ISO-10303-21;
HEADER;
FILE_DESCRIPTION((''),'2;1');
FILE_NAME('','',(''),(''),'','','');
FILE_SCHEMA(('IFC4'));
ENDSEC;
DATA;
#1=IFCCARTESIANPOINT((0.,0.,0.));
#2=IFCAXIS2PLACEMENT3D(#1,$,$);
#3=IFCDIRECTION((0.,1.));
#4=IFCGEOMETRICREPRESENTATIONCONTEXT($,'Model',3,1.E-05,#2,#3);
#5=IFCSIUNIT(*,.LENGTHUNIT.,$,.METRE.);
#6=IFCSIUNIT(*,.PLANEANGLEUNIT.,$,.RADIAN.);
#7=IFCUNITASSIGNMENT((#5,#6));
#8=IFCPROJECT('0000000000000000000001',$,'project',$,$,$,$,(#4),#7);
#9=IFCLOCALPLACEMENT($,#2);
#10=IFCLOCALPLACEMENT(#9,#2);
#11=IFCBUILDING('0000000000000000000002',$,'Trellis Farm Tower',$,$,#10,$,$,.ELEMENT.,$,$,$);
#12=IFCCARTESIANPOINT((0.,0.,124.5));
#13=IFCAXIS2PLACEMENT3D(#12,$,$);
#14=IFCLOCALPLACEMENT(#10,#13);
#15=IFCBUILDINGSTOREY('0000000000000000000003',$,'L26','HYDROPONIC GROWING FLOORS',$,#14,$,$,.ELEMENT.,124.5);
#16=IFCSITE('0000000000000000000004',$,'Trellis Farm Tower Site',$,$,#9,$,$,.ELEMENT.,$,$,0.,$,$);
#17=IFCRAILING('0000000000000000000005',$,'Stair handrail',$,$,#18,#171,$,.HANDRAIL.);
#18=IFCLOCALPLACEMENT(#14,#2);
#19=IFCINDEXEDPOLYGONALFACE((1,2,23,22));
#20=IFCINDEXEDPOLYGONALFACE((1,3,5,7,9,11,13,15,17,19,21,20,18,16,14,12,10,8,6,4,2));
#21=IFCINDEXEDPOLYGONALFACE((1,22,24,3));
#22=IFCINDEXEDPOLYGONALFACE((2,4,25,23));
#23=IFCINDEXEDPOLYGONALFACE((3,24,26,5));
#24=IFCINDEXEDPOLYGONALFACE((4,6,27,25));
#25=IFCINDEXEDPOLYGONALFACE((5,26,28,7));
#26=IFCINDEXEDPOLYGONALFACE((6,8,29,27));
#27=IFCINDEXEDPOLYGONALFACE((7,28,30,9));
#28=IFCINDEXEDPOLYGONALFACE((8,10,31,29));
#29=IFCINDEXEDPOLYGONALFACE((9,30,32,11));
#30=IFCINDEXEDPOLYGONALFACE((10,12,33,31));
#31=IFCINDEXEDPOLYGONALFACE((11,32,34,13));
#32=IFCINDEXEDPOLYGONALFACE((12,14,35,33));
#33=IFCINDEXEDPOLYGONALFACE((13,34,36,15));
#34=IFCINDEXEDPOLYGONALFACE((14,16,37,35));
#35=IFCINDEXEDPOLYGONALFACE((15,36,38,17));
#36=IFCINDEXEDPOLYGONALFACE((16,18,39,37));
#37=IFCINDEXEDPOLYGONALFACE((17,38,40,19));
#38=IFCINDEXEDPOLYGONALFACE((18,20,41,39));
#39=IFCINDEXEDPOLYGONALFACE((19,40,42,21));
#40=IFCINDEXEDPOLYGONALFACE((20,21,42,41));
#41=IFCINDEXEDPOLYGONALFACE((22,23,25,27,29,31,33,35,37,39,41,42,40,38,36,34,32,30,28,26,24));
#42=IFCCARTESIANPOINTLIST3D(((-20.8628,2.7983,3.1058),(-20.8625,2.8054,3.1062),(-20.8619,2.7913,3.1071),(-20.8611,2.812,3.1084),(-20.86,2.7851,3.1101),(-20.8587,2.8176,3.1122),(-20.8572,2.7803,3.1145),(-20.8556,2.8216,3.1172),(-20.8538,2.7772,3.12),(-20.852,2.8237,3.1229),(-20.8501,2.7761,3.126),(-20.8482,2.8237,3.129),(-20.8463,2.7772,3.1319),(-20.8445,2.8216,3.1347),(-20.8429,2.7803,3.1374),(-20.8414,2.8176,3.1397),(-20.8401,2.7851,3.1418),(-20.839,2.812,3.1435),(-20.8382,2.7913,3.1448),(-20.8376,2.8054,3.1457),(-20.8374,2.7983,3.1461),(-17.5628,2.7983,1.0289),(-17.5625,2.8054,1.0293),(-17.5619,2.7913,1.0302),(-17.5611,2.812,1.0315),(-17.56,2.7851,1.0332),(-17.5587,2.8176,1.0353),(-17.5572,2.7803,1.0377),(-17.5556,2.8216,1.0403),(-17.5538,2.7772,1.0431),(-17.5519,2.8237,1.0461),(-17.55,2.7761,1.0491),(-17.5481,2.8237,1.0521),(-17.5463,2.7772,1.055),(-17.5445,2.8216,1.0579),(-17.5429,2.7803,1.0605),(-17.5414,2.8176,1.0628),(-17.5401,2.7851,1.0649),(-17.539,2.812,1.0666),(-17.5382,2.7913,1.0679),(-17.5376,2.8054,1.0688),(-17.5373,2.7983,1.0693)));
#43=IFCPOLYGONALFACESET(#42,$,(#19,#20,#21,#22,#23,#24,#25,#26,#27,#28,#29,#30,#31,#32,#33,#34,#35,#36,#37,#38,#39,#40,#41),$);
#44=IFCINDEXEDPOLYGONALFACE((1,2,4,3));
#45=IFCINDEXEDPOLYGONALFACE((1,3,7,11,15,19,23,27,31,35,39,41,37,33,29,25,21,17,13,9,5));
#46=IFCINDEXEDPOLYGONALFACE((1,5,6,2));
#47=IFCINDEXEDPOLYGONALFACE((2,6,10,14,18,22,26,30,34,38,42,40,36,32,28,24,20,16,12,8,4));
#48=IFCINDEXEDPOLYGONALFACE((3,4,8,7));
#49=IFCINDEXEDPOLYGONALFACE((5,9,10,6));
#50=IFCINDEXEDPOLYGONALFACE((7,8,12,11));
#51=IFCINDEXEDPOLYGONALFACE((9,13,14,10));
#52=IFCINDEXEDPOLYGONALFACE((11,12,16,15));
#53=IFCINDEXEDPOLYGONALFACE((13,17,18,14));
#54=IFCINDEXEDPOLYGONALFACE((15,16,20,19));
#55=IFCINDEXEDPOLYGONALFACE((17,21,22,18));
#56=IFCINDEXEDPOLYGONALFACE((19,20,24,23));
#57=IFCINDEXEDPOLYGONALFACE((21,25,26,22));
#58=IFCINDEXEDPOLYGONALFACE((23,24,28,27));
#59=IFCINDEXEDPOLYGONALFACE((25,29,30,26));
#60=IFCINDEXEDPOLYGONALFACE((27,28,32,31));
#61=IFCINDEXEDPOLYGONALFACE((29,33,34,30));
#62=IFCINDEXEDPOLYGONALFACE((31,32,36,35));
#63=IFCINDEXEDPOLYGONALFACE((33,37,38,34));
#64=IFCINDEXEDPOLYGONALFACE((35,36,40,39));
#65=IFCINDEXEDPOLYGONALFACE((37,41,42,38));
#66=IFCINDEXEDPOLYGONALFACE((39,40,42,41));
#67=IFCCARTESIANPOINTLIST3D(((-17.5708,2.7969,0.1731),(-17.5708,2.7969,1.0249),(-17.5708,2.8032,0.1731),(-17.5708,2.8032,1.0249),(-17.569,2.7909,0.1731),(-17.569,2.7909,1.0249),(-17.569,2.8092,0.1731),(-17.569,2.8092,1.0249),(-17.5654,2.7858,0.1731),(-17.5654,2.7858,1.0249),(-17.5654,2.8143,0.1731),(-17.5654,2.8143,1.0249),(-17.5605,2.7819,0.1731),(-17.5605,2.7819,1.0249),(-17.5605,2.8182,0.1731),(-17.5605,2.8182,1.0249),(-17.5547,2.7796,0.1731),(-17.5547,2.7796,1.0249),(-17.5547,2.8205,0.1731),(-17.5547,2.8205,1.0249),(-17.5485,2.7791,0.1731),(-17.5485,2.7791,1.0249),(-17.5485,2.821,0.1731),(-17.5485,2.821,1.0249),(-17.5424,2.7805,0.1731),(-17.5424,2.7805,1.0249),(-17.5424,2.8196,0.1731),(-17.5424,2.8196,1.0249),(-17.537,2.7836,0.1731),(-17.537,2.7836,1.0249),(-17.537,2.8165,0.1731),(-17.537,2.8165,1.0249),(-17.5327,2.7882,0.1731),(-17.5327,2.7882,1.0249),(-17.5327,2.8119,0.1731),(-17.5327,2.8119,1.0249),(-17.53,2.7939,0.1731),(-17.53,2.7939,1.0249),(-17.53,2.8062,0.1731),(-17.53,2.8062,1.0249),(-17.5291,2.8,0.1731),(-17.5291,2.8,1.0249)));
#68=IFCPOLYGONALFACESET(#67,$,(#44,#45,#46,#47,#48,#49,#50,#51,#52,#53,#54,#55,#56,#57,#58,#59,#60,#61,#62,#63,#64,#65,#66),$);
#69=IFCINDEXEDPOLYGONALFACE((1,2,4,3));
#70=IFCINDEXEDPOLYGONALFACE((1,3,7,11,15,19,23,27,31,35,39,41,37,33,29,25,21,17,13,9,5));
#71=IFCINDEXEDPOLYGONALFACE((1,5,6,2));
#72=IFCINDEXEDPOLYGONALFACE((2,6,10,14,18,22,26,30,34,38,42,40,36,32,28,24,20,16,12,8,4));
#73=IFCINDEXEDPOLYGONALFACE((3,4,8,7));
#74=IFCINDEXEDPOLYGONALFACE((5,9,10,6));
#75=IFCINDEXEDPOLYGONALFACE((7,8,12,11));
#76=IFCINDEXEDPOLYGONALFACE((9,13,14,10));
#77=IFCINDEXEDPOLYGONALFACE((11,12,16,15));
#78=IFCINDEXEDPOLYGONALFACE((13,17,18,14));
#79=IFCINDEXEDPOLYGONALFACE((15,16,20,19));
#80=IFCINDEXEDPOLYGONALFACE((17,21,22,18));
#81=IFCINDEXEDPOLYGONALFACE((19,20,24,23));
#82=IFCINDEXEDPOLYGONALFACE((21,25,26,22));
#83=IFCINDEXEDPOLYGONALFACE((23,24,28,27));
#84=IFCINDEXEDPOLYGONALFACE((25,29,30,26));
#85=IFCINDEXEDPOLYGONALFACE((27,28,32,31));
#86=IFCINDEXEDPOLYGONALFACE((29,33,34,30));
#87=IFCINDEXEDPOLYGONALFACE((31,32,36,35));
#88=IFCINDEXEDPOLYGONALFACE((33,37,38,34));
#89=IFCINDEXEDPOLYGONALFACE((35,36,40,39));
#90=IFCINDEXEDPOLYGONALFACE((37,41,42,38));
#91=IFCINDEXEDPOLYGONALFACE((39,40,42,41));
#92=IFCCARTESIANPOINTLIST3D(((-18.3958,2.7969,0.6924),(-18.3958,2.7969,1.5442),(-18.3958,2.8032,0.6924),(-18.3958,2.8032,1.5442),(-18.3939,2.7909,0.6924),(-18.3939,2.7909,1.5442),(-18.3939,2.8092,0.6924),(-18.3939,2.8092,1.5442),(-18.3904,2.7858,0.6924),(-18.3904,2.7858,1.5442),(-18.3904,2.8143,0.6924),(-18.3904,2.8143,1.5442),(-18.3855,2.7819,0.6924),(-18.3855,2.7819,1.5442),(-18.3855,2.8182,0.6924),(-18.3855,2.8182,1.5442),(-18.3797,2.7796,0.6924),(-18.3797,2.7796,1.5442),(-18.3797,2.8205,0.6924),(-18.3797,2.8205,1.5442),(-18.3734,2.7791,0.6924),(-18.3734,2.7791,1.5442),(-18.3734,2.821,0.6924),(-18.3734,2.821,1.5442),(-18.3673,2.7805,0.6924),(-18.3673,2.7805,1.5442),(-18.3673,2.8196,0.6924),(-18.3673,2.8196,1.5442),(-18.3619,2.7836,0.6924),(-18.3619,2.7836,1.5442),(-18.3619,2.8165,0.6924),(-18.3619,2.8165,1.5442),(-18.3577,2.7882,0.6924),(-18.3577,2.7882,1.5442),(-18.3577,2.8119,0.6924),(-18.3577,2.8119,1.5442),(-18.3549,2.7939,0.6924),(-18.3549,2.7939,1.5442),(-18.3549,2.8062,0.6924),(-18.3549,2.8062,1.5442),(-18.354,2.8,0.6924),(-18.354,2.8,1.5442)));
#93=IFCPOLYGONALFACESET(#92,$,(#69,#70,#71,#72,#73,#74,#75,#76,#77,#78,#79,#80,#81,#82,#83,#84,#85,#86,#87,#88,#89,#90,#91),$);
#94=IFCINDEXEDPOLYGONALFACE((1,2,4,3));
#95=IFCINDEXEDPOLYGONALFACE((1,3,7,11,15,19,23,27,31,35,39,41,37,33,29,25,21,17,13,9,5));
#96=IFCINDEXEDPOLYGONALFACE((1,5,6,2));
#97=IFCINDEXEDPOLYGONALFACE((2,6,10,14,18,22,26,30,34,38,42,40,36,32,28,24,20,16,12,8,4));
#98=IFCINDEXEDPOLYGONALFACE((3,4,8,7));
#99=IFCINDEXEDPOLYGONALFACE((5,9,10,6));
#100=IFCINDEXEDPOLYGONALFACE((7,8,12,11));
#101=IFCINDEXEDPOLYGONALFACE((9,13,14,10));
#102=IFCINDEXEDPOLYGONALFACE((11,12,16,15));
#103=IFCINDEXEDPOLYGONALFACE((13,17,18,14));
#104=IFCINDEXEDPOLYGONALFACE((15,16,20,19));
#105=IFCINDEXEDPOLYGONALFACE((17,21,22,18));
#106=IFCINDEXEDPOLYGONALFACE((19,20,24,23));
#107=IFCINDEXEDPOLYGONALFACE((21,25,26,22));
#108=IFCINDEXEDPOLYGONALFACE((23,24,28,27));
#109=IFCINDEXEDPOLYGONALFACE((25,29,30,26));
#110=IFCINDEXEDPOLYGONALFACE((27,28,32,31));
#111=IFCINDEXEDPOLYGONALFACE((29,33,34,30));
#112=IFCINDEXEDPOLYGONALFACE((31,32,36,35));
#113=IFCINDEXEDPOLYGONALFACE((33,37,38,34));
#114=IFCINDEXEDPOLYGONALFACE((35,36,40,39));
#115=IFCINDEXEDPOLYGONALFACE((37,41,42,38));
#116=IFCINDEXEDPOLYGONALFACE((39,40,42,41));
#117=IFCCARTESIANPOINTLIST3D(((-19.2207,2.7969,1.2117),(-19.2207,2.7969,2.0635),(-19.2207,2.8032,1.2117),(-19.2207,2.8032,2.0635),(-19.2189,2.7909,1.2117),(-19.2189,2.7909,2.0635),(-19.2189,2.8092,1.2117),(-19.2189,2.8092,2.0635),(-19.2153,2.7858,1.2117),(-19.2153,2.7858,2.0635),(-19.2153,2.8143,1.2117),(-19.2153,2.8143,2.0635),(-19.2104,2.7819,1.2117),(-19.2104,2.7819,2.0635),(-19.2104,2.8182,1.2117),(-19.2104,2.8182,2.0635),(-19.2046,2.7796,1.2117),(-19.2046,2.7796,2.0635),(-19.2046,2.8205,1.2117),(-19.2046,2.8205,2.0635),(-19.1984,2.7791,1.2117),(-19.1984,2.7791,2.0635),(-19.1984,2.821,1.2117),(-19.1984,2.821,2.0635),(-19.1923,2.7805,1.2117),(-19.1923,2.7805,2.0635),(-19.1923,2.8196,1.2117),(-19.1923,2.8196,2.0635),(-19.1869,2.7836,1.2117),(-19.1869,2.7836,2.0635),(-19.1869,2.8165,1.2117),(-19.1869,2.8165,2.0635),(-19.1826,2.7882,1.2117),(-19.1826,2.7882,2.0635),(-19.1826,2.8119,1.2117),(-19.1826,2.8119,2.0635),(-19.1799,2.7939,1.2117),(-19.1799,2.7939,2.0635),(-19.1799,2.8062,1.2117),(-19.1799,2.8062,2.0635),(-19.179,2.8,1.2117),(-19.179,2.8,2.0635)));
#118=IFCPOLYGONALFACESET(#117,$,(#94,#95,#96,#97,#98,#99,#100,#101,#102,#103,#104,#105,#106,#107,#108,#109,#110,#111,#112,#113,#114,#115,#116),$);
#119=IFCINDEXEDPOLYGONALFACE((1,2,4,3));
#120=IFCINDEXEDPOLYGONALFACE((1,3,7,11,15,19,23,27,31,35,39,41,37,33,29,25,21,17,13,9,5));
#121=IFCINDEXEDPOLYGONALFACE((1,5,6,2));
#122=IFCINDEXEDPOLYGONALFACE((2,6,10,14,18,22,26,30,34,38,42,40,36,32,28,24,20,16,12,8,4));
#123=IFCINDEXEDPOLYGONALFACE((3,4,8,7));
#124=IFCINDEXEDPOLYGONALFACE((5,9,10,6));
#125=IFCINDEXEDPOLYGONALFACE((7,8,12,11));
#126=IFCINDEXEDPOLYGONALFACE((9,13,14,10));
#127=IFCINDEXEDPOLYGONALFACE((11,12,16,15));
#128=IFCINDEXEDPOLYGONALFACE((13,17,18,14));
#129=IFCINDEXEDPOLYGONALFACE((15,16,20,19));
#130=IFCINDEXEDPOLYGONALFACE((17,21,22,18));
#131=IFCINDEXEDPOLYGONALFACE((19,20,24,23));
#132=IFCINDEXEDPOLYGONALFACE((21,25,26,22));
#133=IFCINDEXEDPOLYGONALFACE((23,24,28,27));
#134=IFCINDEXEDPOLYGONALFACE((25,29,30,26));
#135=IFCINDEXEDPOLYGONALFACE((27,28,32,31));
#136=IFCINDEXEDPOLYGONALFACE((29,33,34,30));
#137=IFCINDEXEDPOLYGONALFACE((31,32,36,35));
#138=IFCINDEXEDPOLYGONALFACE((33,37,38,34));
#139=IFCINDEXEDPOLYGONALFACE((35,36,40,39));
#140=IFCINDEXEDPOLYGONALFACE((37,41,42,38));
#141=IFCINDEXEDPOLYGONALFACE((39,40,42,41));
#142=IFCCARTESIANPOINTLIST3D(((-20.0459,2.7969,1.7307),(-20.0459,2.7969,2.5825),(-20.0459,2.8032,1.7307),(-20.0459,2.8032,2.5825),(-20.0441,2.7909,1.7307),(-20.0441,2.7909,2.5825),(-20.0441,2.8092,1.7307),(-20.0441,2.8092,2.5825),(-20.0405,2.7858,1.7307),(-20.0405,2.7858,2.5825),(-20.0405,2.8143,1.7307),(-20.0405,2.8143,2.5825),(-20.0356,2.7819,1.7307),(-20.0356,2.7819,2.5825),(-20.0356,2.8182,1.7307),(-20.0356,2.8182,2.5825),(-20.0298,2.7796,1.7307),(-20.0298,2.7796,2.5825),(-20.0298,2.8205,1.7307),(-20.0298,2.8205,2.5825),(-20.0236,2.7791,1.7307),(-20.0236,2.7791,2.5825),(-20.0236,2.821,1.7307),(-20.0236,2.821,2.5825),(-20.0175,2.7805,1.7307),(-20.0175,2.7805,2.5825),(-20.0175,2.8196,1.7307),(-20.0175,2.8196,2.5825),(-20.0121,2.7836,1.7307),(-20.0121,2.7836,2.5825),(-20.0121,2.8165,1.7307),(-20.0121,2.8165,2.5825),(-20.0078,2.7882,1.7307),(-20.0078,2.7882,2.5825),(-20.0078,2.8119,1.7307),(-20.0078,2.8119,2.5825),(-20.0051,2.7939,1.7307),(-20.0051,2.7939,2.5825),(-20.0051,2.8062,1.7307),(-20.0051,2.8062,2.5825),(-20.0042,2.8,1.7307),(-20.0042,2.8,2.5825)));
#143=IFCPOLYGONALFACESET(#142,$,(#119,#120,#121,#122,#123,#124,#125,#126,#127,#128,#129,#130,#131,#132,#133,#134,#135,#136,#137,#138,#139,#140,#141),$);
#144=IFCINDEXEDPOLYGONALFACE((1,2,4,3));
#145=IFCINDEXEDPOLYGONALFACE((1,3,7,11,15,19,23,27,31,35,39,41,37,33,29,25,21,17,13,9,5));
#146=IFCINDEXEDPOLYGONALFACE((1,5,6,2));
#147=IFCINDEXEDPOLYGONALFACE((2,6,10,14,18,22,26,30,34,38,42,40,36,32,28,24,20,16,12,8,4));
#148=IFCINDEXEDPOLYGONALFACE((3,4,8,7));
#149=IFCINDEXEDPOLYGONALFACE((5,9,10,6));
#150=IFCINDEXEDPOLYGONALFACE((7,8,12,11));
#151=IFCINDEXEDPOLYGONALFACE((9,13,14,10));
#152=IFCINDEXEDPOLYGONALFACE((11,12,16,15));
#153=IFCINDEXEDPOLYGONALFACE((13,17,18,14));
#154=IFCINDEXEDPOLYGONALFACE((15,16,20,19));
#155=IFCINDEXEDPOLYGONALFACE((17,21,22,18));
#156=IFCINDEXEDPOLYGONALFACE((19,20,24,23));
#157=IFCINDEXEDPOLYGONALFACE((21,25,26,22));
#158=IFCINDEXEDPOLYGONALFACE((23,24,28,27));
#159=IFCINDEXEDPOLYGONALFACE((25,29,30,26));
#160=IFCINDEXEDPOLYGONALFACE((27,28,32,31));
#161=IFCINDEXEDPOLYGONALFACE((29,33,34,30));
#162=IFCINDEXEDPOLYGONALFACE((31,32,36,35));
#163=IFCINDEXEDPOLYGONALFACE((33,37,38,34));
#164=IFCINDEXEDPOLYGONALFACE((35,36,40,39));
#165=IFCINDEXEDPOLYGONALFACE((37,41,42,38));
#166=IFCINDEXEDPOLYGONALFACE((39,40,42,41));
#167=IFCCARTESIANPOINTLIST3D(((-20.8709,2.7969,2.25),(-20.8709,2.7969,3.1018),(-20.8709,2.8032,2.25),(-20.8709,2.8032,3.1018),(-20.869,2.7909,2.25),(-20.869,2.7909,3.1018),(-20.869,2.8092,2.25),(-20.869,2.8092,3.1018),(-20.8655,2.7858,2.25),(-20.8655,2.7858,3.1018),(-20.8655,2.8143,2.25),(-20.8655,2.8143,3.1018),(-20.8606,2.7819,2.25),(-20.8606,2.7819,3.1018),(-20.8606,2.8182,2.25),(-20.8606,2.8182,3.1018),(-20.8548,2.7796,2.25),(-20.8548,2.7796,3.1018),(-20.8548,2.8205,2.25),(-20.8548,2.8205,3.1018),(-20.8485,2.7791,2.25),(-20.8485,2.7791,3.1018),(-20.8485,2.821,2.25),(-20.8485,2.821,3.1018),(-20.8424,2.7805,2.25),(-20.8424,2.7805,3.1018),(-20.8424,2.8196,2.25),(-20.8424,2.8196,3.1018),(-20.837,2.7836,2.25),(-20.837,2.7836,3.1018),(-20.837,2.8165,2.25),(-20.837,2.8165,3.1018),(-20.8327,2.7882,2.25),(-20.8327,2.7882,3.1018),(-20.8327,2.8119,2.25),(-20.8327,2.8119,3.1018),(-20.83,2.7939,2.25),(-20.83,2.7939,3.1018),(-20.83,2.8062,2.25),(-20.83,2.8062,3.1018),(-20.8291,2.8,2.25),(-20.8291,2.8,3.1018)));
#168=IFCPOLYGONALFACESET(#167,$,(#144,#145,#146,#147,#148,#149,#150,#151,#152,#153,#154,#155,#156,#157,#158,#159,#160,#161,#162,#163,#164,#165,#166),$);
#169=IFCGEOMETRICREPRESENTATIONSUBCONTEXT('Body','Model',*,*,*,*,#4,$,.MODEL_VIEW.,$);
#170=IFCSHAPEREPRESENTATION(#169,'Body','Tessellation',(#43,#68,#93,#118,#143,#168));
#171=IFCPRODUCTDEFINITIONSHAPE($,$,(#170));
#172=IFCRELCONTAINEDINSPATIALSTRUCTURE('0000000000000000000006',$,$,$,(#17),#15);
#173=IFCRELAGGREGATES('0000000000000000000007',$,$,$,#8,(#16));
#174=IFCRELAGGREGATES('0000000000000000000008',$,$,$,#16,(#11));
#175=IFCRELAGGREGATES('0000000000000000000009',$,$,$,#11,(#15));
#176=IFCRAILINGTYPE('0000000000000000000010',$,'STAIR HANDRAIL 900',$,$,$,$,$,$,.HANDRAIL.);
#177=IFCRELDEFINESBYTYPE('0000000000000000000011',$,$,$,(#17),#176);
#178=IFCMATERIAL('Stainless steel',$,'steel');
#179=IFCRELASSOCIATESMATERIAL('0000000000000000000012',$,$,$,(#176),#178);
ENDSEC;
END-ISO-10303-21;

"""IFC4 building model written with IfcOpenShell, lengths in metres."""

from ifc_helpers import new_model, si_unit, direction, frame, origin, origin_2d, place, context, subcontext, project, spatial, circle, extrude, source, transform, mapped, material, type_object, element, save


model = new_model("IFC4")

# Units and contexts
model_context = context("Model", 3, precision=1e-05, world=origin(), true_north=direction((0.0, 1.0)))
body_context = subcontext(model_context, "Body", "Model", "MODEL_VIEW")
ifc_project = project(units=[si_unit("LENGTHUNIT", "METRE"), si_unit("PLANEANGLEUNIT", "RADIAN")], contexts=[model_context])

# Site, building, storey
site_placement = place(None, origin())
site = spatial("IfcSite", under=ifc_project, at=site_placement, Name="Trellis Farm Tower Site", CompositionType="ELEMENT", RefElevation=0.0)
building_placement = place(site_placement, origin())
building = spatial("IfcBuilding", under=site, at=building_placement, Name="Trellis Farm Tower", CompositionType="ELEMENT")
storey_placement = place(building_placement, frame((0.0, 0.0, 124.5)))
storey = spatial("IfcBuildingStorey", under=building, at=storey_placement, Name="L26", Description="HYDROPONIC GROWING FLOORS", CompositionType="ELEMENT", Elevation=124.5)

# Railing
ifc_material_1 = material(Name="Stainless steel", Category="steel")
railing_type = type_object("IfcRailingType", Name="STAIR HANDRAIL 900", PredefinedType="HANDRAIL", material=ifc_material_1)
shared_shape_1 = source(origin(), body_context, "Body", "SweptSolid", [
    extrude(circle(Radius=0.0239, at=origin_2d()), frame((0.0, 0.0, 0.876), z_axis=(-0.846337, 0.0, 0.532647), x_axis=(0.0, -1.0, 0.0)), (0.0, 0.0, 1.0), 3.8992),
    extrude(circle(Radius=0.021, at=origin_2d()), origin(), (0.0, 0.0, 1.0), 0.8518),
    extrude(circle(Radius=0.021, at=origin_2d()), frame((-0.825, 0.0, 0.5193)), (0.0, 0.0, 1.0), 0.8518),
    extrude(circle(Radius=0.021, at=origin_2d()), frame((-1.6499, 0.0, 1.0386)), (0.0, 0.0, 1.0), 0.8518),
    extrude(circle(Radius=0.021, at=origin_2d()), frame((-2.4751, 0.0, 1.5576)), (0.0, 0.0, 1.0), 0.8518),
    extrude(circle(Radius=0.021, at=origin_2d()), frame((-3.3, 0.0, 2.0769)), (0.0, 0.0, 1.0), 0.8518),
])
for number, where, name in (
    (1, (-17.55, 2.8, 0.1731), "Stair handrail"),
):
    element("IfcRailing", number, at=place(storey_placement, frame(where)), inside=storey, type_object=railing_type, Name=name, PredefinedType="HANDRAIL", context=body_context, shape_type="MappedRepresentation", body=[
        mapped(shared_shape_1, transform((0.0, 0.0, 0.0))),
    ])

save(model, "model.ifc")
